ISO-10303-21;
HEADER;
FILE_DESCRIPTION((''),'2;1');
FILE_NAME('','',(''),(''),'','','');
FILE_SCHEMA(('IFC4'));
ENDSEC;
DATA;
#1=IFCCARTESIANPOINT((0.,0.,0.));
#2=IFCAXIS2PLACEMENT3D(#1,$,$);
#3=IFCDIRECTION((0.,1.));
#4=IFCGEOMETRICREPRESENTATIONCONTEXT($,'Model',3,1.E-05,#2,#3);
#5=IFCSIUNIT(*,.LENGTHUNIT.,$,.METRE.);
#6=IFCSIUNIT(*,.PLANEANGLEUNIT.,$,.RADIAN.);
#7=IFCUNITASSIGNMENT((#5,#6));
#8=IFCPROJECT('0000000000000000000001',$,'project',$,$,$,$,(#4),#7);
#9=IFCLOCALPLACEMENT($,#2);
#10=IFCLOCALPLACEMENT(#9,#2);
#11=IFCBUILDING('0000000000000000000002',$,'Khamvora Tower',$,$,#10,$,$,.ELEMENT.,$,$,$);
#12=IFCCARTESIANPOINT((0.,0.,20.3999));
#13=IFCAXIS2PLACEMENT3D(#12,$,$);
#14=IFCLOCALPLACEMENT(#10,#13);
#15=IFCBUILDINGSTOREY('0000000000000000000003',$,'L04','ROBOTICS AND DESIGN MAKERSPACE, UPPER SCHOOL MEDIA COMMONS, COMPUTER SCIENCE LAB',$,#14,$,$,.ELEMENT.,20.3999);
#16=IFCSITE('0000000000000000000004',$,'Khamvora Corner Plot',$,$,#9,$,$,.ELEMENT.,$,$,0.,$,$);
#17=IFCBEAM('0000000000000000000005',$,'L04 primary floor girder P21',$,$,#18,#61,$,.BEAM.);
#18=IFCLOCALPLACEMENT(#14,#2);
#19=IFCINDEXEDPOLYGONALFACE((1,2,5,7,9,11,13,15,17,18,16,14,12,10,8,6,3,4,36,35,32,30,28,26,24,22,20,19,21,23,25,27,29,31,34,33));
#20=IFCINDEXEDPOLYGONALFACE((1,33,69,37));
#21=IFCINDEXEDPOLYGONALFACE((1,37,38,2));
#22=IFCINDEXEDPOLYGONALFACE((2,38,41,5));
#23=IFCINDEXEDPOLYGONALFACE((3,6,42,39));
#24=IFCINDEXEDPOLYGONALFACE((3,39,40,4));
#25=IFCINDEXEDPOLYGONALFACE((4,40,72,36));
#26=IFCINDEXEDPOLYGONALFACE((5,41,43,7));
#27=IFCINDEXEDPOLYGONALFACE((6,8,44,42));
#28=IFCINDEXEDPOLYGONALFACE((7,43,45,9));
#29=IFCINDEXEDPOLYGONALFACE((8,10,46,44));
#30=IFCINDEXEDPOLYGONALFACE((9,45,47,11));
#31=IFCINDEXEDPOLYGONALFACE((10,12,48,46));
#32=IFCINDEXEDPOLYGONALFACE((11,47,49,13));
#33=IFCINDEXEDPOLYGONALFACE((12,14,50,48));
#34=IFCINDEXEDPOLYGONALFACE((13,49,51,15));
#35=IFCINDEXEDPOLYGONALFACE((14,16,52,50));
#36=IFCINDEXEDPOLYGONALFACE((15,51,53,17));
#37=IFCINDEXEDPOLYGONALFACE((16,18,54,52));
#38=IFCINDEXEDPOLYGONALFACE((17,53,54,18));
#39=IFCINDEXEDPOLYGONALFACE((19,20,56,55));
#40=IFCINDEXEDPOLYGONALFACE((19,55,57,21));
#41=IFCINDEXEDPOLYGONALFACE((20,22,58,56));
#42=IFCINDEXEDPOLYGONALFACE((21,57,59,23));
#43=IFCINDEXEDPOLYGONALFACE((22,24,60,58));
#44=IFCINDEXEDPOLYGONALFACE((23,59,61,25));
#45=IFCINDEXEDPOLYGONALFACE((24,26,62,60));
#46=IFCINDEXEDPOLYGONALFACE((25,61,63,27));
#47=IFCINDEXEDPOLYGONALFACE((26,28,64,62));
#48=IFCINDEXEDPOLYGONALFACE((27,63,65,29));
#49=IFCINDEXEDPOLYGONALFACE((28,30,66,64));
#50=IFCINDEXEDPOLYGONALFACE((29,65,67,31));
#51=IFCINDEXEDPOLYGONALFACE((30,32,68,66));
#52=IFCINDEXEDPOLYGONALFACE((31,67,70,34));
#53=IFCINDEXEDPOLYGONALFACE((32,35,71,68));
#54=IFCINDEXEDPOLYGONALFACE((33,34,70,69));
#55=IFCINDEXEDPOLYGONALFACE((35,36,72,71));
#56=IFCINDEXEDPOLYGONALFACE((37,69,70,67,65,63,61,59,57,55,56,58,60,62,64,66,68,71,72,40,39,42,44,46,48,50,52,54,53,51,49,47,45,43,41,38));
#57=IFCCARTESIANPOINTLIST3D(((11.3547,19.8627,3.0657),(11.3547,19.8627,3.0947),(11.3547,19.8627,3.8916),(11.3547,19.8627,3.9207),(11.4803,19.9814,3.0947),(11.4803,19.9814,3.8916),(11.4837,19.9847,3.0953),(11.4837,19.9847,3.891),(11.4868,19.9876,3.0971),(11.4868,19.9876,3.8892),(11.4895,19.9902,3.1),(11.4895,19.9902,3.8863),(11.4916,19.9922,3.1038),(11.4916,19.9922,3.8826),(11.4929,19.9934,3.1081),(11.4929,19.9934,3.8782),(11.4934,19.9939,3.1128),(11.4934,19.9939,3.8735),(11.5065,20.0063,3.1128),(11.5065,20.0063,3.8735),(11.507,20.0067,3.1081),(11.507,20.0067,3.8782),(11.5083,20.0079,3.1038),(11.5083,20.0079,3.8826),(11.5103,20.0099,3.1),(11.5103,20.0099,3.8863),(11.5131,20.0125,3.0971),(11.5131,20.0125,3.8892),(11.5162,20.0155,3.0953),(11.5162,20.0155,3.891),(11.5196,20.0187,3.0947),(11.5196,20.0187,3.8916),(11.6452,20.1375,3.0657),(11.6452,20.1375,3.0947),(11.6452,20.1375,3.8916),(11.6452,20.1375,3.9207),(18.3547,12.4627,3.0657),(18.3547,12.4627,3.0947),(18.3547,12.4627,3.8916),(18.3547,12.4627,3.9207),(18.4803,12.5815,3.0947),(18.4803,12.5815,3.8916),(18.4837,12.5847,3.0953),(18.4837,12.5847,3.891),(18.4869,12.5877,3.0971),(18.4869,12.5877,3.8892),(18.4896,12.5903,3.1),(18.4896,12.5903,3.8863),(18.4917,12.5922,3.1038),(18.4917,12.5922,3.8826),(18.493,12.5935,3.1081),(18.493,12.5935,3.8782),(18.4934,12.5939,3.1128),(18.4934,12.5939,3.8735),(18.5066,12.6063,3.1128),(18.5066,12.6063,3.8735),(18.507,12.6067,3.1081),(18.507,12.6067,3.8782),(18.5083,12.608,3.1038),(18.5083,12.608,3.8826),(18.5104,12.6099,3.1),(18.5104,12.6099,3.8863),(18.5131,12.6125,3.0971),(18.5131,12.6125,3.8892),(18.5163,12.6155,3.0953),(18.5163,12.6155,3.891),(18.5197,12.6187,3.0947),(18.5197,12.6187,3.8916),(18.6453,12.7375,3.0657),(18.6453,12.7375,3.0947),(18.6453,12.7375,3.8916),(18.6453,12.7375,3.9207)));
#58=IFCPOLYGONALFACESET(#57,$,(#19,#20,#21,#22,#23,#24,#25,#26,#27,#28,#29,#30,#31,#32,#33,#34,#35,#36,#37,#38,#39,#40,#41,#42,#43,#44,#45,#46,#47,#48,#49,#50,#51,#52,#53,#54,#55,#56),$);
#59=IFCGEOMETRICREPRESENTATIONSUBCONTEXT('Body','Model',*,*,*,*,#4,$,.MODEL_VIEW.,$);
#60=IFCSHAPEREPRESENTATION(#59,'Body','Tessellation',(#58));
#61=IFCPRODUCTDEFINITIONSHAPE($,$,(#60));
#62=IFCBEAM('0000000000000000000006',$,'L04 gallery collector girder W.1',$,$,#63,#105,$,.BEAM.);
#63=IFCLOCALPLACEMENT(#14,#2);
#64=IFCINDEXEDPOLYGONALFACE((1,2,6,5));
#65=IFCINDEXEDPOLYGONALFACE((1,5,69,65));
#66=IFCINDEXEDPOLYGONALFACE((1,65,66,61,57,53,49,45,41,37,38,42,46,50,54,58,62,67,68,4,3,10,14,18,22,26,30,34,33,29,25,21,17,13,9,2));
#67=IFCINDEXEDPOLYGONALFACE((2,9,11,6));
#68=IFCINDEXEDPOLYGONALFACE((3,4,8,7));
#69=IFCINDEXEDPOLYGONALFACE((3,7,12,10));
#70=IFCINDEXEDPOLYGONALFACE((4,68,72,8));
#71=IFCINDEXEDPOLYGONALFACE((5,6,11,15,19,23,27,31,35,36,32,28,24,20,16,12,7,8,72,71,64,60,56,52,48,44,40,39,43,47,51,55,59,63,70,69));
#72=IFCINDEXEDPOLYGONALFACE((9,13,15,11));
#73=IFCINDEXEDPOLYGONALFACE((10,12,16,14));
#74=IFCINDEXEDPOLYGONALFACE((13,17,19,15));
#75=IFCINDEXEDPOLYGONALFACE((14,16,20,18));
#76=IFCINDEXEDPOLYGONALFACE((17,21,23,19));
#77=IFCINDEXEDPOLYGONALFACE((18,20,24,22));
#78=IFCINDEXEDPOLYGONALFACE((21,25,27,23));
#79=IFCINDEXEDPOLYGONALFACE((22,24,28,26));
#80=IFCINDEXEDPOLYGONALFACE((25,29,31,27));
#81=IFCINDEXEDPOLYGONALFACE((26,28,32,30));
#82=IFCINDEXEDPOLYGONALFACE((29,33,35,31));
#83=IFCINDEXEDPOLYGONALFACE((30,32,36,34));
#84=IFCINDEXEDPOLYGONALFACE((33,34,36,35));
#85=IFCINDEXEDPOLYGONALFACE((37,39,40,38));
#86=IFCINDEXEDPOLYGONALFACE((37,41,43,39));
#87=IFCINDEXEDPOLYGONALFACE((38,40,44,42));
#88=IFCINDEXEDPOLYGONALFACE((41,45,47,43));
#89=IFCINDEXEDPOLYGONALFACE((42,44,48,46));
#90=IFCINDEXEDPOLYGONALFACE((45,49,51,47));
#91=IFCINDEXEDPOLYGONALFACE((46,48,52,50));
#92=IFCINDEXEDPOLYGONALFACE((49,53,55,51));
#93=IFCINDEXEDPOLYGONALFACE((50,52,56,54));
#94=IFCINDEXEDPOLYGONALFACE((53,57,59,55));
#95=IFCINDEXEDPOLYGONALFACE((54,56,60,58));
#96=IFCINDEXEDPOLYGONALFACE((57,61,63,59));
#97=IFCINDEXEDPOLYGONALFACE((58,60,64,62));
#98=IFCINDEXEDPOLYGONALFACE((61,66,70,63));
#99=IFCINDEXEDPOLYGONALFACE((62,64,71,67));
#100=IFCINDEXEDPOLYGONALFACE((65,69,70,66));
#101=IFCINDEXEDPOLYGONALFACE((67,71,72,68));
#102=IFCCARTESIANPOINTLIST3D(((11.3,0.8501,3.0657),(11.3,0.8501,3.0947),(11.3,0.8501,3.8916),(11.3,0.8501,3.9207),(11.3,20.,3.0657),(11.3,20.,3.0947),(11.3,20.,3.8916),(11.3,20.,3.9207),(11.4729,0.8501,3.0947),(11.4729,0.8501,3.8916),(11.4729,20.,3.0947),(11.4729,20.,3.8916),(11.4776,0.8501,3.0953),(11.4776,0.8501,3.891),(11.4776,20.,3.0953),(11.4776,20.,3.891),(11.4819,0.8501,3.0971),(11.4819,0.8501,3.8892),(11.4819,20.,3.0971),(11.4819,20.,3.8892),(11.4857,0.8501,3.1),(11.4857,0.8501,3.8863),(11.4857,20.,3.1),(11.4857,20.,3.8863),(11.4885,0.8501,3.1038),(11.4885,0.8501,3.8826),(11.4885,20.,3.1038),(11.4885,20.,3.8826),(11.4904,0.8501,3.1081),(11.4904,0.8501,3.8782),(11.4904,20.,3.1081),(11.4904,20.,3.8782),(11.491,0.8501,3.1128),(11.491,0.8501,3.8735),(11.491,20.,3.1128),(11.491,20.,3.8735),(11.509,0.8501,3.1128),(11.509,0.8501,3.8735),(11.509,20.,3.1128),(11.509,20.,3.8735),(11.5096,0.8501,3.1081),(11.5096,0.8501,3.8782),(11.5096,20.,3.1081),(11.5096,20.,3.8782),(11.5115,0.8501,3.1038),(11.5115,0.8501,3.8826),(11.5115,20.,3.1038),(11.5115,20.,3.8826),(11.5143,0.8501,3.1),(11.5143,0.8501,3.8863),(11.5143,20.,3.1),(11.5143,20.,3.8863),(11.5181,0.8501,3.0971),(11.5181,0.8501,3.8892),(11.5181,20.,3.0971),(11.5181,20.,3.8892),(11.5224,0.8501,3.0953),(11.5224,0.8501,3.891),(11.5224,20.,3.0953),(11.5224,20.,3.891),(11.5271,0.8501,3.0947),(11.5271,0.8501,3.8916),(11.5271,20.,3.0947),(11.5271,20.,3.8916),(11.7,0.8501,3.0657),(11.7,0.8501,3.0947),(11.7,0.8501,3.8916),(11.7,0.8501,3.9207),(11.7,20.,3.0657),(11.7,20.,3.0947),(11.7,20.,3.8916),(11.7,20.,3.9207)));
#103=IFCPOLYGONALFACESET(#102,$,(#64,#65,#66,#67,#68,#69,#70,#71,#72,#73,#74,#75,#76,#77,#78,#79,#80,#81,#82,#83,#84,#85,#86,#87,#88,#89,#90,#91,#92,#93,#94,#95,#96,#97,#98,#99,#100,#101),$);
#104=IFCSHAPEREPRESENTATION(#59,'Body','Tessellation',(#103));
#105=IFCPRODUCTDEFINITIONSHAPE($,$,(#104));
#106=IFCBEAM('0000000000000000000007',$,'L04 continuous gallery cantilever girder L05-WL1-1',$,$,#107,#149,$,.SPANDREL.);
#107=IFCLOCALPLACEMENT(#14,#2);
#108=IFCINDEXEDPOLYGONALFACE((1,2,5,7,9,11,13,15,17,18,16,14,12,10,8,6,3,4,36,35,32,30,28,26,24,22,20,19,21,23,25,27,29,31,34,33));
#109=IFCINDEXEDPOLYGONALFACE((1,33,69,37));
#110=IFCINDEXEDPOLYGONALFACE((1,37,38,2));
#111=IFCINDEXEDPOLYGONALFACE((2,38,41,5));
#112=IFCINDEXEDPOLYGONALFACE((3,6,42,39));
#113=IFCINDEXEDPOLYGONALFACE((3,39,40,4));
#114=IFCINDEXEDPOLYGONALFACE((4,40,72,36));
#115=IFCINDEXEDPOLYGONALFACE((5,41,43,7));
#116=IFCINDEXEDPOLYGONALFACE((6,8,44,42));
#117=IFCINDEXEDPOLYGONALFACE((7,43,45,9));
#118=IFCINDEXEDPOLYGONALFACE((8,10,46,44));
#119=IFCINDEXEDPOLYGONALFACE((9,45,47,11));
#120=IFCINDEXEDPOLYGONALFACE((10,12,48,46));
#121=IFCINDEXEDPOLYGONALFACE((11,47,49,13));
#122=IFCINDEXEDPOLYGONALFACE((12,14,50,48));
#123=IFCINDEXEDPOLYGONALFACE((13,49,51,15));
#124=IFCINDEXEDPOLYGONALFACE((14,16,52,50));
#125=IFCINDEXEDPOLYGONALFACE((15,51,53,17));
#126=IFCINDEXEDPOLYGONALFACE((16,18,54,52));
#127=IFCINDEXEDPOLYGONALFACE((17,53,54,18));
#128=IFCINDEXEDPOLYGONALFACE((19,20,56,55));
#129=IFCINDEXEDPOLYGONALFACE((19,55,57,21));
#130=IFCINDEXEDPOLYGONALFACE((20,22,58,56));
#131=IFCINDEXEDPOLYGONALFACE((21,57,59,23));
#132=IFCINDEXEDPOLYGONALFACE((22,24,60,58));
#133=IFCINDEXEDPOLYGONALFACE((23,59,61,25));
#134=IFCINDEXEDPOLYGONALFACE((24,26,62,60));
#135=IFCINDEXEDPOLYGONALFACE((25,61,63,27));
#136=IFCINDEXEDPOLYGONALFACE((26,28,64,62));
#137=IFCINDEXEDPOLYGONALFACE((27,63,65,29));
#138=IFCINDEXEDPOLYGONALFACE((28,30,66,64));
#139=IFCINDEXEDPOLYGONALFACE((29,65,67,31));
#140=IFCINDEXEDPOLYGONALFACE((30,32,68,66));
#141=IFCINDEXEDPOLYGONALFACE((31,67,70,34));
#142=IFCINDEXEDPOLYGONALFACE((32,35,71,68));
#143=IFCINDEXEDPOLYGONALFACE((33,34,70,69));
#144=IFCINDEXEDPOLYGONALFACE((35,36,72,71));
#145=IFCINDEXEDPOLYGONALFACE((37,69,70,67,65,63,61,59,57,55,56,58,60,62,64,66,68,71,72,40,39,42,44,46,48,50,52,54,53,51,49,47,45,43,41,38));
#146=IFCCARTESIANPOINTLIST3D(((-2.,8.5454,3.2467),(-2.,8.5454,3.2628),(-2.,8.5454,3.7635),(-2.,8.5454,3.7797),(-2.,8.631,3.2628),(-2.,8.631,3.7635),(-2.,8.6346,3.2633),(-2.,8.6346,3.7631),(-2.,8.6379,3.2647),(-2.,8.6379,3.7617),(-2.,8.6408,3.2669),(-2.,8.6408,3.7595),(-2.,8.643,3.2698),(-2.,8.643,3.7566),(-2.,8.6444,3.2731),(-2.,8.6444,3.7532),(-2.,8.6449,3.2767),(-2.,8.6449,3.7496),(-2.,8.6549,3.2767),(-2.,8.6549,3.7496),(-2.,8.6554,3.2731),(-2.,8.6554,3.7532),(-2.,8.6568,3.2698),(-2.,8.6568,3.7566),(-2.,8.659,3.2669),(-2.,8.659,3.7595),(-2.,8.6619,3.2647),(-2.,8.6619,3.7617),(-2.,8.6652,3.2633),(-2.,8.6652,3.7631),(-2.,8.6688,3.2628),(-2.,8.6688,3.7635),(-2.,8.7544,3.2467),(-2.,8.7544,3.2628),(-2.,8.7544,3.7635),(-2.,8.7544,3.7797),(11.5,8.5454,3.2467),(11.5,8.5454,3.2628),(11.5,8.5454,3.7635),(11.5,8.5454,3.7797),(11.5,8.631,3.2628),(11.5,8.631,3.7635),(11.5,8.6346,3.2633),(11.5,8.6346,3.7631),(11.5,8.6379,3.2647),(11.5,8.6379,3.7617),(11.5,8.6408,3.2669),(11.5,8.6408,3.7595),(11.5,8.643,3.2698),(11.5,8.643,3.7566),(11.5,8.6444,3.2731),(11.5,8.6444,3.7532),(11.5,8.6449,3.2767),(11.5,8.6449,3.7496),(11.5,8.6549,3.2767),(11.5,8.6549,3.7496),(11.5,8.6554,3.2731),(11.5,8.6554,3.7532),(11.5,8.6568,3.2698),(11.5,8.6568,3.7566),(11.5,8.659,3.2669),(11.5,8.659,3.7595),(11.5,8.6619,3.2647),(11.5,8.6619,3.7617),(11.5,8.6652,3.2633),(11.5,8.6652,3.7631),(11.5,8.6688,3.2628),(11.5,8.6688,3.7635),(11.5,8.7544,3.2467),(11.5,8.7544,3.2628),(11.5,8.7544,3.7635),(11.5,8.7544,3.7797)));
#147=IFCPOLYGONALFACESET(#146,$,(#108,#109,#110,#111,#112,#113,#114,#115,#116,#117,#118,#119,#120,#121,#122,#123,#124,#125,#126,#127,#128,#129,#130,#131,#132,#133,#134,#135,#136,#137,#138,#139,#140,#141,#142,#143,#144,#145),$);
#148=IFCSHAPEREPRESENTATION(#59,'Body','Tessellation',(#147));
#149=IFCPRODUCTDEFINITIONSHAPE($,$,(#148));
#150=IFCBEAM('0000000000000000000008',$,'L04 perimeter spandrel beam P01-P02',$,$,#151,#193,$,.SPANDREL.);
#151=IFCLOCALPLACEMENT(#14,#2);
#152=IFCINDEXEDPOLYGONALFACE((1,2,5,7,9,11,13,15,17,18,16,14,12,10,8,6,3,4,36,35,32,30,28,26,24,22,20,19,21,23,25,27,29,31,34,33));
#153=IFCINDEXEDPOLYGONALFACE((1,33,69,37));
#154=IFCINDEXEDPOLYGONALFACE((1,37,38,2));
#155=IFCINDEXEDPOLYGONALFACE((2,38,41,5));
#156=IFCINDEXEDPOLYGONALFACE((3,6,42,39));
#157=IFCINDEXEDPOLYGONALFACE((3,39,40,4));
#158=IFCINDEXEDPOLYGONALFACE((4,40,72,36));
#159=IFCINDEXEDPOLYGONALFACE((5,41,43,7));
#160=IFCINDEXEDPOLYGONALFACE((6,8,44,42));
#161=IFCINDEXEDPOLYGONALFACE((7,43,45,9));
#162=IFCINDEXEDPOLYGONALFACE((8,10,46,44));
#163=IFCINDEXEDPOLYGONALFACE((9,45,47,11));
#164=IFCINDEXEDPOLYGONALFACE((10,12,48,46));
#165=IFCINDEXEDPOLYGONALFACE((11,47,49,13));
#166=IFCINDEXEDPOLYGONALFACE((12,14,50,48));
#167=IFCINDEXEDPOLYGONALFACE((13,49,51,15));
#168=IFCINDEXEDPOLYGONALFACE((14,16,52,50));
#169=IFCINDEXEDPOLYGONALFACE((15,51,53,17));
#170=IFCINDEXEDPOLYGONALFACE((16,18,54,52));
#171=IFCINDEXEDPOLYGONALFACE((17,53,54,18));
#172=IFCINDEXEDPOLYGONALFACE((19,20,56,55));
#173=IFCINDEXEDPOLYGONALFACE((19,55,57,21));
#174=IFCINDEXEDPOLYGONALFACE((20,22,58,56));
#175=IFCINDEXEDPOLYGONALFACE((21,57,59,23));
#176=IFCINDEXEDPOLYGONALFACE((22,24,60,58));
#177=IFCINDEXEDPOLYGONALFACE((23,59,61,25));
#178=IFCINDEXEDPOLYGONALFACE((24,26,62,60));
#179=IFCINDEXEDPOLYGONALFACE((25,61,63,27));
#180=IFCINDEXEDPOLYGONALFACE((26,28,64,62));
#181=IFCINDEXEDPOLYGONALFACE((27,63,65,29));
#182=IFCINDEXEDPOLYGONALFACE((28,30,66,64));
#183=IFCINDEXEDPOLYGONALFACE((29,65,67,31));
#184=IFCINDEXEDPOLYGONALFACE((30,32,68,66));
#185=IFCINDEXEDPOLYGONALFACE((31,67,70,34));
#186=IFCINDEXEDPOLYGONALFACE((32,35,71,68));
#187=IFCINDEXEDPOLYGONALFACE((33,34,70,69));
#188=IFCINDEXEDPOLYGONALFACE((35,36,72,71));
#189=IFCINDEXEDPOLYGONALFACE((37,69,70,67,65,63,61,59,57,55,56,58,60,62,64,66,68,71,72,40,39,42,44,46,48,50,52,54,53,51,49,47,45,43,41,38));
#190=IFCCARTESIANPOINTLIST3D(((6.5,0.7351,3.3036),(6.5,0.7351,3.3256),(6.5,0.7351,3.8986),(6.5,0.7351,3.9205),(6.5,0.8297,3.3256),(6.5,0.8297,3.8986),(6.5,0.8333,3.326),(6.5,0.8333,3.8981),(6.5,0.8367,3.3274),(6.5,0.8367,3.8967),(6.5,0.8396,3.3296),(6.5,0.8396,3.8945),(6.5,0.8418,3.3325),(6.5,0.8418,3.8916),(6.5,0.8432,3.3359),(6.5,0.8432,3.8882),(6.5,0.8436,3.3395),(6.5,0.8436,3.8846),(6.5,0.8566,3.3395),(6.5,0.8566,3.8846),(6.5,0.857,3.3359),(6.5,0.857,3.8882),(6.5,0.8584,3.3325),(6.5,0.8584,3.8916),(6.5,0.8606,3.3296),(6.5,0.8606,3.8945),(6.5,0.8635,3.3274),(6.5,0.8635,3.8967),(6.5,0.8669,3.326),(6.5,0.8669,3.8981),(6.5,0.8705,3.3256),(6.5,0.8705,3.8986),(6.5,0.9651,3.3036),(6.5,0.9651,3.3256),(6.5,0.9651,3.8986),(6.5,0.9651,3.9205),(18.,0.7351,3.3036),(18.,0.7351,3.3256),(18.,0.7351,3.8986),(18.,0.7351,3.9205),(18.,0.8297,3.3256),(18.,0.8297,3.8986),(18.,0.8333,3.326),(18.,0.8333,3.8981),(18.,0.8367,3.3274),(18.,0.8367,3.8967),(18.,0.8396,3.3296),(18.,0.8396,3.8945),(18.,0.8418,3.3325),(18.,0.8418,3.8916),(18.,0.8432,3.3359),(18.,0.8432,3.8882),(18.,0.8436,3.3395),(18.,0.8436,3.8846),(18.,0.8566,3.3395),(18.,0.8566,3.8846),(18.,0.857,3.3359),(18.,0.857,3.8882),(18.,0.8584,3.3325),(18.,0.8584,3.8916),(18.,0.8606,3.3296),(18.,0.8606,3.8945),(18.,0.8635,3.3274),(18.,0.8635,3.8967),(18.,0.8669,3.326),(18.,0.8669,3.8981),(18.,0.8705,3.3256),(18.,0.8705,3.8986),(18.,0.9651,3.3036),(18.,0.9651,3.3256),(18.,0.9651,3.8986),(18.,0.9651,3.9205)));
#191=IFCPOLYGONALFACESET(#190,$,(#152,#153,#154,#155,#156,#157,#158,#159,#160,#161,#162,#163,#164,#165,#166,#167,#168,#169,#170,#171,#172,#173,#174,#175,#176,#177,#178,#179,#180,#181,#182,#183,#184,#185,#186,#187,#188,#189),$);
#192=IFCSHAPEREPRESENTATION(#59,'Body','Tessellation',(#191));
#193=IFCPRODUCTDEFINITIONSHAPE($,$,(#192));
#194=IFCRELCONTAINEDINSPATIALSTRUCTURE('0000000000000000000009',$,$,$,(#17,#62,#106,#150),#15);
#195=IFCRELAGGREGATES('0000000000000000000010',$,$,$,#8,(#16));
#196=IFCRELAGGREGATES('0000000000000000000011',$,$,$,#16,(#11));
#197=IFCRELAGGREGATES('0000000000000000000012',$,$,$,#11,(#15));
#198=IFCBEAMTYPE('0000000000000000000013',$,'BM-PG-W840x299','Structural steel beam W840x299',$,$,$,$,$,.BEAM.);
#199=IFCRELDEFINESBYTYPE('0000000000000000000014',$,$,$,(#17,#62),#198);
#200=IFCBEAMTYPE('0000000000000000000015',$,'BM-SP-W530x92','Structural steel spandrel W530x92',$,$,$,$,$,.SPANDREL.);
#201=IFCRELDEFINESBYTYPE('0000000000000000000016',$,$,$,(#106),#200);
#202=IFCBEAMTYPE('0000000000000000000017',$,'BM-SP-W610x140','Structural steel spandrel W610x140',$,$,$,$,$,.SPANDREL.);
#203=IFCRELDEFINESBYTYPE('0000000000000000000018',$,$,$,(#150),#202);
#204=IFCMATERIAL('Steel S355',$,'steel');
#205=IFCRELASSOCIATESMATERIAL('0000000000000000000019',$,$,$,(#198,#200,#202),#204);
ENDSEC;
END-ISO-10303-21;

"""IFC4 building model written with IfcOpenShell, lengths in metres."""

from ifc_helpers import new_model, si_unit, direction, frame, origin, origin_2d, place, context, subcontext, project, spatial, i_section, extrude, material, material_profile, profile_set, type_object, element, save


model = new_model("IFC4")

# Units and contexts
model_context = context("Model", 3, precision=1e-05, world=origin(), true_north=direction((0.0, 1.0)))
body_context = subcontext(model_context, "Body", "Model", "MODEL_VIEW")
ifc_project = project(units=[si_unit("LENGTHUNIT", "METRE"), si_unit("PLANEANGLEUNIT", "RADIAN")], contexts=[model_context])

# Site, building, storey
site_placement = place(None, origin())
site = spatial("IfcSite", under=ifc_project, at=site_placement, Name="Khamvora Corner Plot", CompositionType="ELEMENT", RefElevation=0.0)
building_placement = place(site_placement, origin())
building = spatial("IfcBuilding", under=site, at=building_placement, Name="Khamvora Tower", CompositionType="ELEMENT")
storey_placement = place(building_placement, frame((0.0, 0.0, 20.3999)))
storey = spatial("IfcBuildingStorey", under=building, at=storey_placement, Name="L04", Description="ROBOTICS AND DESIGN MAKERSPACE, UPPER SCHOOL MEDIA COMMONS, COMPUTER SCIENCE LAB", CompositionType="ELEMENT", Elevation=20.3999)

# Beams
ifc_material_1 = material(Name="Steel S355", Category="steel")
ifc_material_profile_1 = material_profile(ifc_material_1, i_section(OverallWidth=0.3999, OverallDepth=0.855, WebThickness=0.0181, FlangeThickness=0.0291, FilletRadius=0.0181, at=origin_2d()), Name="W840x299")
ifc_profile_set_1 = profile_set([ifc_material_profile_1], Name="Steel S355")
beam_type_1 = type_object("IfcBeamType", Name="BM-PG-W840x299", Description="Structural steel beam W840x299", PredefinedType="BEAM", material=ifc_profile_set_1)
beam_1_placement = place(storey_placement, frame((18.5, 12.6001, 3.4932), z_axis=(-0.687205, 0.726464, 0.0), x_axis=(-0.726464, -0.687205, 0.0)))
element("IfcBeam", 1, at=beam_1_placement, inside=storey, type_object=beam_type_1, Name="L04 primary floor girder P21", PredefinedType="BEAM", context=body_context, shape_type="SweptSolid", body=[
    extrude(i_section(OverallWidth=0.3999, OverallDepth=0.855, WebThickness=0.0181, FlangeThickness=0.0291, FilletRadius=0.0181, at=origin_2d()), origin(), (0.0, 0.0, 1.0), 10.1863),
])
beam_2_placement = place(storey_placement, frame((11.5, 0.8501, 3.4932), z_axis=(0.0, 1.0, 0.0), x_axis=(-1.0, 0.0, 0.0)))
element("IfcBeam", 2, at=beam_2_placement, inside=storey, type_object=beam_type_1, Name="L04 gallery collector girder W.1", PredefinedType="BEAM", context=body_context, shape_type="SweptSolid", body=[
    extrude(i_section(OverallWidth=0.3999, OverallDepth=0.855, WebThickness=0.0181, FlangeThickness=0.0291, FilletRadius=0.0181, at=origin_2d()), origin(), (0.0, 0.0, 1.0), 19.1499),
])
ifc_material_profile_2 = material_profile(ifc_material_1, i_section(OverallWidth=0.209, OverallDepth=0.533, WebThickness=0.01, FlangeThickness=0.0161, FilletRadius=0.0139, at=origin_2d()), Name="W530x92")
ifc_profile_set_2 = profile_set([ifc_material_profile_2], Name="Steel S355")
beam_type_2 = type_object("IfcBeamType", Name="BM-SP-W530x92", Description="Structural steel spandrel W530x92", PredefinedType="SPANDREL", material=ifc_profile_set_2)
beam_3_placement = place(storey_placement, frame((11.5, 8.6499, 3.5132), z_axis=(-1.0, 0.0, 0.0), x_axis=(0.0, -1.0, 0.0)))
element("IfcBeam", 3, at=beam_3_placement, inside=storey, type_object=beam_type_2, Name="L04 continuous gallery cantilever girder L05-WL1-1", PredefinedType="SPANDREL", context=body_context, shape_type="SweptSolid", body=[
    extrude(i_section(OverallWidth=0.209, OverallDepth=0.533, WebThickness=0.01, FlangeThickness=0.0161, FilletRadius=0.0139, at=origin_2d()), origin(), (0.0, 0.0, 1.0), 13.5),
])
ifc_material_profile_3 = material_profile(ifc_material_1, i_section(OverallWidth=0.23, OverallDepth=0.6169, WebThickness=0.0129, FlangeThickness=0.022, FilletRadius=0.0139, at=origin_2d()), Name="W610x140")
ifc_profile_set_3 = profile_set([ifc_material_profile_3], Name="Steel S355")
beam_type_3 = type_object("IfcBeamType", Name="BM-SP-W610x140", Description="Structural steel spandrel W610x140", PredefinedType="SPANDREL", material=ifc_profile_set_3)
beam_4_placement = place(storey_placement, frame((6.5, 0.8501, 3.6121), z_axis=(1.0, 0.0, 0.0), x_axis=(0.0, 1.0, 0.0)))
element("IfcBeam", 4, at=beam_4_placement, inside=storey, type_object=beam_type_3, Name="L04 perimeter spandrel beam P01-P02", PredefinedType="SPANDREL", context=body_context, shape_type="SweptSolid", body=[
    extrude(i_section(OverallWidth=0.23, OverallDepth=0.6169, WebThickness=0.0129, FlangeThickness=0.022, FilletRadius=0.0139, at=origin_2d()), origin(), (0.0, 0.0, 1.0), 11.5),
])

save(model, "model.ifc")
